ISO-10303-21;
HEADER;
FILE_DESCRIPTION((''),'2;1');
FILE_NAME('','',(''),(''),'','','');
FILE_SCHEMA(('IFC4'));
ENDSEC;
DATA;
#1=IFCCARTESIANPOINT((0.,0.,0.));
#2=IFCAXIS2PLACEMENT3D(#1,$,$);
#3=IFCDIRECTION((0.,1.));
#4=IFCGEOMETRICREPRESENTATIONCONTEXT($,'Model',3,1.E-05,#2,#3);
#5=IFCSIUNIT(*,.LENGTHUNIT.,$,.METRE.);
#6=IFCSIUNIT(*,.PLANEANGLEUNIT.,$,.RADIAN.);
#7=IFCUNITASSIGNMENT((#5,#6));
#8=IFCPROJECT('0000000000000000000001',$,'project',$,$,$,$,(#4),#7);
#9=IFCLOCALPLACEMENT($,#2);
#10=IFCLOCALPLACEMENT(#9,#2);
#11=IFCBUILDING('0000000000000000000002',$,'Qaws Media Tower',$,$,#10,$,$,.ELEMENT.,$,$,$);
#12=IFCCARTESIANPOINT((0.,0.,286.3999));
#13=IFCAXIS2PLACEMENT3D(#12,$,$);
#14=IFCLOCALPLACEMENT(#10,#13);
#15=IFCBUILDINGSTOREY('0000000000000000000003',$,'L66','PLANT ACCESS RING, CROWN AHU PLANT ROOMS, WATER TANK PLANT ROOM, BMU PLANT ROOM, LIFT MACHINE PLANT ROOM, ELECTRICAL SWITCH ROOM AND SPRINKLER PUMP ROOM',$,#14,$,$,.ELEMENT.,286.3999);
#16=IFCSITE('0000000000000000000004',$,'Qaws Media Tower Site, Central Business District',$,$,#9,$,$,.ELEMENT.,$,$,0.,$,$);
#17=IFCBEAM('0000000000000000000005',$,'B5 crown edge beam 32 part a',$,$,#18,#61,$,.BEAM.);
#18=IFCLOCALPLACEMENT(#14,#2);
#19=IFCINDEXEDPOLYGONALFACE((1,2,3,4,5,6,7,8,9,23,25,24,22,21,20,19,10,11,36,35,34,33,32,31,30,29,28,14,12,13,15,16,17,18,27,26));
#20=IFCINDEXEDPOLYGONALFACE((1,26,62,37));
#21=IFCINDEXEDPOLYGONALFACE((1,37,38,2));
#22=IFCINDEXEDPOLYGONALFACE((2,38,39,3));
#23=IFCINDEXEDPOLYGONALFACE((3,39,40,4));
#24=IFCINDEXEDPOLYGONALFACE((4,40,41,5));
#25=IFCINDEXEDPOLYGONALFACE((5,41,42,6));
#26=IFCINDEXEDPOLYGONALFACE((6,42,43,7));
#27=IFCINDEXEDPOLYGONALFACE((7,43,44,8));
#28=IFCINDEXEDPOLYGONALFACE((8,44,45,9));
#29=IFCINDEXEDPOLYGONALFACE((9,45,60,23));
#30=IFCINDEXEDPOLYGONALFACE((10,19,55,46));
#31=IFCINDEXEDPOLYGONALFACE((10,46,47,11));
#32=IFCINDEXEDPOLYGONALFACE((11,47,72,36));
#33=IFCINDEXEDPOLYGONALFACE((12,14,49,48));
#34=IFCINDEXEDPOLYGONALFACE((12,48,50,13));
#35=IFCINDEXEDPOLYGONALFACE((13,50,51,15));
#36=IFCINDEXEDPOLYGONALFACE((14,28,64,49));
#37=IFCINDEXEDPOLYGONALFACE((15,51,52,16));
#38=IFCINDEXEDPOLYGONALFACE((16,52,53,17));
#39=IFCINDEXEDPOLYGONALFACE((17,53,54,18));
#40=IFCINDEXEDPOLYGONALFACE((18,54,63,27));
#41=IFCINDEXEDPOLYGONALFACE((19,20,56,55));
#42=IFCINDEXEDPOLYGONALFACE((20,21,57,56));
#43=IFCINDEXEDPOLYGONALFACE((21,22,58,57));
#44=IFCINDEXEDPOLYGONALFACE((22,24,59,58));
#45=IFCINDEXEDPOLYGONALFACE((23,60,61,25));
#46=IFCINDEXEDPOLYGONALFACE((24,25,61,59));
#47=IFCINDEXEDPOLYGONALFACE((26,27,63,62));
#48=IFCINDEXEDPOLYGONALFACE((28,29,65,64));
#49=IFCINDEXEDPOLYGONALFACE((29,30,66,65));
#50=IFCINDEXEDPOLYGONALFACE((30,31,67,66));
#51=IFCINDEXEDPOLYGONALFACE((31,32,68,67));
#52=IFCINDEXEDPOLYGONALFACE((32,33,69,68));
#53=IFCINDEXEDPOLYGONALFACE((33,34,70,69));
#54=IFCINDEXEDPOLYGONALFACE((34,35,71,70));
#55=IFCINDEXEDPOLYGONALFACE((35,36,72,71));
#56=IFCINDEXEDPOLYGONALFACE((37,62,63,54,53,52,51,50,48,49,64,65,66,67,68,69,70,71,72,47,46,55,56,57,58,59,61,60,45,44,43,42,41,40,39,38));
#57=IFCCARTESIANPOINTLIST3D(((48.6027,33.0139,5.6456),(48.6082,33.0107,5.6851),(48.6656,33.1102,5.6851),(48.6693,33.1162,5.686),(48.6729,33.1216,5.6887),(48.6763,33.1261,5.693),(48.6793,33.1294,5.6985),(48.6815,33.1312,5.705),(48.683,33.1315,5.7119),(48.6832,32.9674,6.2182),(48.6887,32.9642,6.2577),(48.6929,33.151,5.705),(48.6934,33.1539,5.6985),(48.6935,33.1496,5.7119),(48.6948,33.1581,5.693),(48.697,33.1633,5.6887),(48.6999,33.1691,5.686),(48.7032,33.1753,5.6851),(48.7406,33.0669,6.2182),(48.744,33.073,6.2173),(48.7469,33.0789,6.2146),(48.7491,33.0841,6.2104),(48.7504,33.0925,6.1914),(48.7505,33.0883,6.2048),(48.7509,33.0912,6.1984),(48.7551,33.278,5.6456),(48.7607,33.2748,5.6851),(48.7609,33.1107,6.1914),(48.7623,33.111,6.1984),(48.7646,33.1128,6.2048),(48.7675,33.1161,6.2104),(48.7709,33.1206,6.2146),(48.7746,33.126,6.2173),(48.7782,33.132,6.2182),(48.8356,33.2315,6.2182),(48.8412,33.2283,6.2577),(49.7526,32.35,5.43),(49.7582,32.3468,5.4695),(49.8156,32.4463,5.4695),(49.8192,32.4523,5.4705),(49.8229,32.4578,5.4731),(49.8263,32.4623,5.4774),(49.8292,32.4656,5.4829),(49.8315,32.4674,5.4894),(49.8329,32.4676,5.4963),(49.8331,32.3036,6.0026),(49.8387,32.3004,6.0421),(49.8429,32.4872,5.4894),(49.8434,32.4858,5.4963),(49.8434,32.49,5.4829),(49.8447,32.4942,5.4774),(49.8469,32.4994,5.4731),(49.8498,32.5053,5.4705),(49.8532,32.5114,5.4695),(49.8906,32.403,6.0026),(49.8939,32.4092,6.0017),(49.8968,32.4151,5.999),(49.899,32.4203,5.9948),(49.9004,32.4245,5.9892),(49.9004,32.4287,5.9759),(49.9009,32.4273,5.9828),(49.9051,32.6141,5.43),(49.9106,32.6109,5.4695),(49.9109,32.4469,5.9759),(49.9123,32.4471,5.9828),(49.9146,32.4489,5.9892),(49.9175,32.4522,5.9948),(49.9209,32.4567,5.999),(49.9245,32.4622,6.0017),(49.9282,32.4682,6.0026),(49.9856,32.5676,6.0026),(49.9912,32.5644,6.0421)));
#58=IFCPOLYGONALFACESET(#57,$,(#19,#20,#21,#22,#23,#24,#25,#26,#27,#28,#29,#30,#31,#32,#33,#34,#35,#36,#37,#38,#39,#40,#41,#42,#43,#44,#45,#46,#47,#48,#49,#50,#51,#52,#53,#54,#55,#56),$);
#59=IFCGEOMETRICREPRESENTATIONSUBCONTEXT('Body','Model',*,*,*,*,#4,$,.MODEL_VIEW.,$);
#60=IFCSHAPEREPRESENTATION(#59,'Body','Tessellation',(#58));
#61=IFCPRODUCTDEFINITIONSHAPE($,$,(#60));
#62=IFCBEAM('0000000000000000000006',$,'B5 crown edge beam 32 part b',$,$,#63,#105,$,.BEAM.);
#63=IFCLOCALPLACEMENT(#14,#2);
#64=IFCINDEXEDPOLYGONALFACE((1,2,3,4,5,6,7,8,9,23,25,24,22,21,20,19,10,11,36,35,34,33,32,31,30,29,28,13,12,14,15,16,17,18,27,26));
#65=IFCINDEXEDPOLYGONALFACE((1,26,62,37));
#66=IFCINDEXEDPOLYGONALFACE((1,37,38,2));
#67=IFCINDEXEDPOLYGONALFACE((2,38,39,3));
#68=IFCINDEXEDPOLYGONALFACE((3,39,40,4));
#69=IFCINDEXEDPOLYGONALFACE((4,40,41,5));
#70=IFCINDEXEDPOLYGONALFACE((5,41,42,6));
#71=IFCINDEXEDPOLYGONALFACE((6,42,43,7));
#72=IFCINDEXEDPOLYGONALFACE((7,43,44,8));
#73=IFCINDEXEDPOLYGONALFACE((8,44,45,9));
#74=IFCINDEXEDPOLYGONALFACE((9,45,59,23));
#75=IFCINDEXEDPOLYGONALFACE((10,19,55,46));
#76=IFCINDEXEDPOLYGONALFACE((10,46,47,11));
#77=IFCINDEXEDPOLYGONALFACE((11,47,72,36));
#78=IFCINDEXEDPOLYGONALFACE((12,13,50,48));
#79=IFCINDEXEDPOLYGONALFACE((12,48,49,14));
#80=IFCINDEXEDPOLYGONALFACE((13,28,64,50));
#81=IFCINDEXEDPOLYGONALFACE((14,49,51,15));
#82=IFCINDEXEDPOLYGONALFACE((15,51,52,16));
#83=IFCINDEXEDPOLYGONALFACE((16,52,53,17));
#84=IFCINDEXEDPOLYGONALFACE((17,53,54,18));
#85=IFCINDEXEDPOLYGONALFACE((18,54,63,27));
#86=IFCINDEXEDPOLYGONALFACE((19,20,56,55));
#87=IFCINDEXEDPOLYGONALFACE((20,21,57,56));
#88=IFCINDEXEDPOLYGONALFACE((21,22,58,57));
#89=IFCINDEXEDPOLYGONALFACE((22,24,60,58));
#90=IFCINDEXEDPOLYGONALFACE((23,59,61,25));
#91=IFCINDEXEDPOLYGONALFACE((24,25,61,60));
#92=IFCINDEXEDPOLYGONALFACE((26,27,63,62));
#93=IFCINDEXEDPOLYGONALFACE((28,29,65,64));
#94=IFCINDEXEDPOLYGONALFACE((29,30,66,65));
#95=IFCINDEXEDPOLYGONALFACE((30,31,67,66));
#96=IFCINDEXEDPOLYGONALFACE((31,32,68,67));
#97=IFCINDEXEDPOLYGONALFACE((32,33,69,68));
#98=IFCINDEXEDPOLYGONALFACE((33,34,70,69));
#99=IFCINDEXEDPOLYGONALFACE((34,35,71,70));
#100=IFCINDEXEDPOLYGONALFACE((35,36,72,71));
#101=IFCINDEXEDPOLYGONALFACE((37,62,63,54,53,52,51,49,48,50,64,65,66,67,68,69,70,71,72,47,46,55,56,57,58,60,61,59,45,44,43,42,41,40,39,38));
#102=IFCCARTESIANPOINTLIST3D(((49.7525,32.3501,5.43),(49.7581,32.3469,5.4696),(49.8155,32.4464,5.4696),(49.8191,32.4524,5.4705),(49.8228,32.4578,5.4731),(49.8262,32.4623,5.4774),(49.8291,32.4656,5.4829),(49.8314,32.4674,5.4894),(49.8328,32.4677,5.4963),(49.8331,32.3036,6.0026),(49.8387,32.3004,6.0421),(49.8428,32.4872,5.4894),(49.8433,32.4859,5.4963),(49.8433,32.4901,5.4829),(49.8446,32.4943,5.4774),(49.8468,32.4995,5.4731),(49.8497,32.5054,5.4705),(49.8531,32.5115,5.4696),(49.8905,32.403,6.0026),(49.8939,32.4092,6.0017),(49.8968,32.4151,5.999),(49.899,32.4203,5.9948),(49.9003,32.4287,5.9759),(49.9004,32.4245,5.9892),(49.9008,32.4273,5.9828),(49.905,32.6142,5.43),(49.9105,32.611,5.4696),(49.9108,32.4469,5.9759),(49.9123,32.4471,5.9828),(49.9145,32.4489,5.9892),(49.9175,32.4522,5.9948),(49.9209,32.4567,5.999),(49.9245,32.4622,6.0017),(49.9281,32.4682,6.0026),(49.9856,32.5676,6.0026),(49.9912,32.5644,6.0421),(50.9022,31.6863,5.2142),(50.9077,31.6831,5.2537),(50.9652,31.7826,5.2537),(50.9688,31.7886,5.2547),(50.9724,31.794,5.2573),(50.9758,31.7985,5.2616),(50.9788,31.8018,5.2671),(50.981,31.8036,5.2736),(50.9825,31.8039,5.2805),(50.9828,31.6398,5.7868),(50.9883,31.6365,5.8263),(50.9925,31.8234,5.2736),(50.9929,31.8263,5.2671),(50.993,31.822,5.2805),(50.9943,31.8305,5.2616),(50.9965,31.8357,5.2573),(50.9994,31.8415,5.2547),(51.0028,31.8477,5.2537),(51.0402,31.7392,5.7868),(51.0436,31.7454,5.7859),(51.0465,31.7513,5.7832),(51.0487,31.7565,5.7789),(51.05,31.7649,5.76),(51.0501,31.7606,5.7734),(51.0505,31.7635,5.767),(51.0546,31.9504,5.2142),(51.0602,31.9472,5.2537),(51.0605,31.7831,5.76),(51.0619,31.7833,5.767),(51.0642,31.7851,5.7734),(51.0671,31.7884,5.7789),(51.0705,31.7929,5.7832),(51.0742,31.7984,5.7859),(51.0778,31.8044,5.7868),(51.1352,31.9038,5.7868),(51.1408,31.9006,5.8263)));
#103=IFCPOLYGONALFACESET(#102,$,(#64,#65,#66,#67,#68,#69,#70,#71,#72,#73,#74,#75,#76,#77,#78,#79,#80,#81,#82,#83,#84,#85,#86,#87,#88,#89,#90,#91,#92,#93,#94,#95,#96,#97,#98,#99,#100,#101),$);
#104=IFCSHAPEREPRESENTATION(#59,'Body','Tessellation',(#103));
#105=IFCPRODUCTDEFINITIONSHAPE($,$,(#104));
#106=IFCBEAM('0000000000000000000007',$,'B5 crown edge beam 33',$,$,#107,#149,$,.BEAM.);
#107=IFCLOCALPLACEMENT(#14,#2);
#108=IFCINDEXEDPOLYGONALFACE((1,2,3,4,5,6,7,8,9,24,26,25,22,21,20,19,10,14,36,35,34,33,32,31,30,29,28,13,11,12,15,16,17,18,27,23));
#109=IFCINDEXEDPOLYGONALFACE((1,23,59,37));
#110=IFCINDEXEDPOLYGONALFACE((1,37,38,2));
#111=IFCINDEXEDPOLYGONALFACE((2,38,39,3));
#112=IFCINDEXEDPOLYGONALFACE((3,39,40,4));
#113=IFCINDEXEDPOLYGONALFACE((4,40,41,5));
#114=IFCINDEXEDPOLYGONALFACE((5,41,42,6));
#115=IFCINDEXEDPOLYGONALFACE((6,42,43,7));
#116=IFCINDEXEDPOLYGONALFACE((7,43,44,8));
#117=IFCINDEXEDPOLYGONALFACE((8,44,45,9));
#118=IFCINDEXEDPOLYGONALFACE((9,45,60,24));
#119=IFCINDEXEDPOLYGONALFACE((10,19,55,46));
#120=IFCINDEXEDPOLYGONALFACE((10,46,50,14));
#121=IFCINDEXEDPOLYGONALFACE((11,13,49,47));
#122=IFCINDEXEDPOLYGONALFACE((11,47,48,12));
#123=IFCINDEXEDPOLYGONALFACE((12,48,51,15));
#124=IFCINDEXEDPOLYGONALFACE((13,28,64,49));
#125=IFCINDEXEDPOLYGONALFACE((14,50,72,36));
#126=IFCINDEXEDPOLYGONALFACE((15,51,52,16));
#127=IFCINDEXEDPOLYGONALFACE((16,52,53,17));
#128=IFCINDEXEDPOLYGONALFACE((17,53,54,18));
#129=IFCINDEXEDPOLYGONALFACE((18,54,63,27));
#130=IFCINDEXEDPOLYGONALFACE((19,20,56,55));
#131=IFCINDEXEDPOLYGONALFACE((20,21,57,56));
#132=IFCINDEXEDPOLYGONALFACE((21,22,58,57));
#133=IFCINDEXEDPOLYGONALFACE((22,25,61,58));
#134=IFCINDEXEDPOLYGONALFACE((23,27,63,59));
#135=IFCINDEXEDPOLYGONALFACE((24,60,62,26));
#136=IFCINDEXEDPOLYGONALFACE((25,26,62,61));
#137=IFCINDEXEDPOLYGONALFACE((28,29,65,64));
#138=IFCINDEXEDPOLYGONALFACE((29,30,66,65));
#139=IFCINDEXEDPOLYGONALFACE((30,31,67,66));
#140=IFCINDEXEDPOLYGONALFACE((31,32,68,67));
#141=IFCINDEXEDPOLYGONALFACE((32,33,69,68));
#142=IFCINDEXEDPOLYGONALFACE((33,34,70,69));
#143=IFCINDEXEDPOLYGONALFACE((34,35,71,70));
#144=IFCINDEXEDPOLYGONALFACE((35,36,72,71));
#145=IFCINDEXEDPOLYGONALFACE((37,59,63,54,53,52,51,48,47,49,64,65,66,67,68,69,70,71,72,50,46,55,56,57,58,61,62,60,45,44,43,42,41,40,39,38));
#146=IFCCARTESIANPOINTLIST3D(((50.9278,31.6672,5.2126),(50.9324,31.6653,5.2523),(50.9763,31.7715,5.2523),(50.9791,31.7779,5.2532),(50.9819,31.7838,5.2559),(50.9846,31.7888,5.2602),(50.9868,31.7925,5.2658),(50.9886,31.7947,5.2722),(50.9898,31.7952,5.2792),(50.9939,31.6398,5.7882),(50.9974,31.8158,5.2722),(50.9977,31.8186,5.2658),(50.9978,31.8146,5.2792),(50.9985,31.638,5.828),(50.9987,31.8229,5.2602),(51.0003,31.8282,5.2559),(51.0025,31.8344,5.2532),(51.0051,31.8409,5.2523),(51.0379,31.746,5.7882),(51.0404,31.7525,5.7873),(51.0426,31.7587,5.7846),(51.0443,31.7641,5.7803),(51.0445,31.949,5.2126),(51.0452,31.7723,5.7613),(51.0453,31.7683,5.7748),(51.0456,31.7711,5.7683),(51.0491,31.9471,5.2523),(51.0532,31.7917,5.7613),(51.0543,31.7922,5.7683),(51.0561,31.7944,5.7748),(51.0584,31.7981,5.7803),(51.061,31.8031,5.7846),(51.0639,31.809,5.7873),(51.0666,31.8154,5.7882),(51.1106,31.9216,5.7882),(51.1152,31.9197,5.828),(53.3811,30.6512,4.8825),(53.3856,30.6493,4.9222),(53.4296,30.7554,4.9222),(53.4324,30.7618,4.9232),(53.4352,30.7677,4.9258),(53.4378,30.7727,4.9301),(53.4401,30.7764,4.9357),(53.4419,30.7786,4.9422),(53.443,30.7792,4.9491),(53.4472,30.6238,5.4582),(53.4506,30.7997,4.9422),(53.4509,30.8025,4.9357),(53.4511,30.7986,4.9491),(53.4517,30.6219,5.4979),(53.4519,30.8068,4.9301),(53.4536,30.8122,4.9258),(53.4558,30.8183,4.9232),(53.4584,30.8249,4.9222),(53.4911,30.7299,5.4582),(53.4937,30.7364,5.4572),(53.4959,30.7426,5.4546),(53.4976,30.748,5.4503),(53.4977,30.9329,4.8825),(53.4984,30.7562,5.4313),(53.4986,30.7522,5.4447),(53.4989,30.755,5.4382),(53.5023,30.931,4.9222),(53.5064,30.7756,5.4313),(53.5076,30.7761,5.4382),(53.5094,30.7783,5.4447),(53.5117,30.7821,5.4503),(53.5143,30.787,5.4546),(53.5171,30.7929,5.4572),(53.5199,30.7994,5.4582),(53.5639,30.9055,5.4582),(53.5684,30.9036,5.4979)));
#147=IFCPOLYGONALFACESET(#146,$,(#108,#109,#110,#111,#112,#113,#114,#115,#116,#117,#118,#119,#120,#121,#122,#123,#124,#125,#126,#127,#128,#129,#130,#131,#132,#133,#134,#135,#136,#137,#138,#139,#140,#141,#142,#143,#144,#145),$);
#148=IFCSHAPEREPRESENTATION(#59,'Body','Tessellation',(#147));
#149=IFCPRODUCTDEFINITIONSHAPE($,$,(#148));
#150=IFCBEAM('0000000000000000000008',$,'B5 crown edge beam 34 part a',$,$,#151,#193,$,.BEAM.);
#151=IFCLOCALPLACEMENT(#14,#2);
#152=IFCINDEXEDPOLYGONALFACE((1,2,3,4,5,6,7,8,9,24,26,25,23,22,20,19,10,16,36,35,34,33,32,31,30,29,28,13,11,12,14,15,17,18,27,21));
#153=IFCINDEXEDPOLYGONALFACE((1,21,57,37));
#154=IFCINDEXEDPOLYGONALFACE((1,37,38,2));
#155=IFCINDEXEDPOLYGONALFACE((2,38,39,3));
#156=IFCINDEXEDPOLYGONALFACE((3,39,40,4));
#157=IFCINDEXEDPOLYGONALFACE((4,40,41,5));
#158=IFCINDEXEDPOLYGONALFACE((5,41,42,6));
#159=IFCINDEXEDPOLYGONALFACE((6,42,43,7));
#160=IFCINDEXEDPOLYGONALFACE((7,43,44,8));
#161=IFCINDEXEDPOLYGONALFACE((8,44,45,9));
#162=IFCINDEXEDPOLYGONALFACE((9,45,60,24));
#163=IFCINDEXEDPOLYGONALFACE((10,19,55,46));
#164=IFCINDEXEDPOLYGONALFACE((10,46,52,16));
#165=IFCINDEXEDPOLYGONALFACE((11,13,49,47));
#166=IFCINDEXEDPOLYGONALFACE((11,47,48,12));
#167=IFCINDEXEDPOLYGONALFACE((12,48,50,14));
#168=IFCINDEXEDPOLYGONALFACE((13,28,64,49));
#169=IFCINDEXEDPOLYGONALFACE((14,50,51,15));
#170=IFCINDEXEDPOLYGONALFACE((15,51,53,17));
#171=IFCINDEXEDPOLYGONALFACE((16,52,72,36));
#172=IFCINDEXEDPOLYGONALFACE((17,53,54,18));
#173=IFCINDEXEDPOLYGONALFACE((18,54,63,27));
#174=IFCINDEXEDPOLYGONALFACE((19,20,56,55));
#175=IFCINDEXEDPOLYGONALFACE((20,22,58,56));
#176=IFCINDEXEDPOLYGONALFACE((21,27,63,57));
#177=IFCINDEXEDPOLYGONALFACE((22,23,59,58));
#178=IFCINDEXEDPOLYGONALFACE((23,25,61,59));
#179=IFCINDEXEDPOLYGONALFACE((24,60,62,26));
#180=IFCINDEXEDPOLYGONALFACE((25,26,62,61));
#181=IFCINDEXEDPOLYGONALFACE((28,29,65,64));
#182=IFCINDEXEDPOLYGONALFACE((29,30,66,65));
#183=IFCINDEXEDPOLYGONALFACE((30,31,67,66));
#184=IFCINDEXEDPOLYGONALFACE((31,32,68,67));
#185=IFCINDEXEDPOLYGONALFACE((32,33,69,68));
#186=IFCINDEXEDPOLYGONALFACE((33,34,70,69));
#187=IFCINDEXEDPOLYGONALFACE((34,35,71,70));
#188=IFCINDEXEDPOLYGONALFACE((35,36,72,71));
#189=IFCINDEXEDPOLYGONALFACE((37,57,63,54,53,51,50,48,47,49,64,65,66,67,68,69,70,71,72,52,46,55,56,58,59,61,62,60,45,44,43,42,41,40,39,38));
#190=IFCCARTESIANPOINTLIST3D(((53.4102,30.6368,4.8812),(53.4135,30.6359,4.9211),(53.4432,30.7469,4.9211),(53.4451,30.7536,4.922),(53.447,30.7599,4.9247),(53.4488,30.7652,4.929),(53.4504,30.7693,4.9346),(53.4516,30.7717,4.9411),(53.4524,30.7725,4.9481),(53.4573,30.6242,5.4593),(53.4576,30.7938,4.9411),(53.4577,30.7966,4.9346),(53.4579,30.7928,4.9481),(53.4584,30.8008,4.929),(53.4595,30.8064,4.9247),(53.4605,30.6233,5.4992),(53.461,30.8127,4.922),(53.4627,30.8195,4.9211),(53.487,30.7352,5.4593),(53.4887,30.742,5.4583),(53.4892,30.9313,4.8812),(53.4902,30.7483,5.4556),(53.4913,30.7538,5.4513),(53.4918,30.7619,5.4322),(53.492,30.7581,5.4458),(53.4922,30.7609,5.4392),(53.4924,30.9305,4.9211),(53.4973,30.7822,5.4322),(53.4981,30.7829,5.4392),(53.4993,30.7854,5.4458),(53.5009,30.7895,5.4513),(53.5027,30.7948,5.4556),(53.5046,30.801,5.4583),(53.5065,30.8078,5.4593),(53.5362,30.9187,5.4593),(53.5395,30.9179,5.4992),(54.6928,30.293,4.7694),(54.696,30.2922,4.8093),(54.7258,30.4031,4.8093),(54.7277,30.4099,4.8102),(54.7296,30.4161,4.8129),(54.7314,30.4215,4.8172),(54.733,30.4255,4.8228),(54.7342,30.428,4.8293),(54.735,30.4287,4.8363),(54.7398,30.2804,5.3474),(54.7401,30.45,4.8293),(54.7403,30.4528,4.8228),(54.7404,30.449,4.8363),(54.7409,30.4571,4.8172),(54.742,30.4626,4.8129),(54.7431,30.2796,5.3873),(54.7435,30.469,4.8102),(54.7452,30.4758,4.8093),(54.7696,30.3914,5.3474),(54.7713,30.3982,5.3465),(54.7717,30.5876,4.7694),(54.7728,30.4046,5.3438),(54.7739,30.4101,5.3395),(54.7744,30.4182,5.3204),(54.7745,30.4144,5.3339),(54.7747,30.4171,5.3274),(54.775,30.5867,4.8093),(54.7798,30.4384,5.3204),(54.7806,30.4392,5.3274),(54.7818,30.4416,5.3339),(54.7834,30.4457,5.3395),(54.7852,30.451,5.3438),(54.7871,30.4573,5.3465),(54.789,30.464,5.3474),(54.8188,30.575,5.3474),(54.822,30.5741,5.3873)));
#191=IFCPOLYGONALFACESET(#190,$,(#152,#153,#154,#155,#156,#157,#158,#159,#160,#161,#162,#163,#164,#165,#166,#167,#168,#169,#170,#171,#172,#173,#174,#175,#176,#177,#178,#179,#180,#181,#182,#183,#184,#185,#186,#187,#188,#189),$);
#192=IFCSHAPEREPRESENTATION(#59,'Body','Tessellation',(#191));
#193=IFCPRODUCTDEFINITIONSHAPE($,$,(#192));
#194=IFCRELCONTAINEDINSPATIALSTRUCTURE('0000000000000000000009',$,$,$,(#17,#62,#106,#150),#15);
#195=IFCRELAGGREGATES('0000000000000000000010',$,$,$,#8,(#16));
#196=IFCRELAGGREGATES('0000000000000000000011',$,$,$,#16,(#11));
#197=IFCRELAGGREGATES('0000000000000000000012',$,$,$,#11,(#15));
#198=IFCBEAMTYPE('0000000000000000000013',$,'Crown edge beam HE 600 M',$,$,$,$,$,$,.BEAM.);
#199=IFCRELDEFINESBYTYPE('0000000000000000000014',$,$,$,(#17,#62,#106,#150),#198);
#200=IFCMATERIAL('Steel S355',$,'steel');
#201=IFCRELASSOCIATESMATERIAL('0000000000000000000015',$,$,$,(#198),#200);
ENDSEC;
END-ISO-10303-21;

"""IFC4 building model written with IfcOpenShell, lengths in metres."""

from ifc_helpers import new_model, si_unit, direction, frame, origin, origin_2d, place, context, subcontext, project, spatial, i_section, extrude, material, material_profile, profile_set, type_object, element, save


model = new_model("IFC4")

# Units and contexts
model_context = context("Model", 3, precision=1e-05, world=origin(), true_north=direction((0.0, 1.0)))
body_context = subcontext(model_context, "Body", "Model", "MODEL_VIEW")
ifc_project = project(units=[si_unit("LENGTHUNIT", "METRE"), si_unit("PLANEANGLEUNIT", "RADIAN")], contexts=[model_context])

# Site, building, storey
site_placement = place(None, origin())
site = spatial("IfcSite", under=ifc_project, at=site_placement, Name="Qaws Media Tower Site, Central Business District", CompositionType="ELEMENT", RefElevation=0.0)
building_placement = place(site_placement, origin())
building = spatial("IfcBuilding", under=site, at=building_placement, Name="Qaws Media Tower", CompositionType="ELEMENT")
storey_placement = place(building_placement, frame((0.0, 0.0, 286.3999)))
storey = spatial("IfcBuildingStorey", under=building, at=storey_placement, Name="L66", Description="PLANT ACCESS RING, CROWN AHU PLANT ROOMS, WATER TANK PLANT ROOM, BMU PLANT ROOM, LIFT MACHINE PLANT ROOM, ELECTRICAL SWITCH ROOM AND SPRINKLER PUMP ROOM", CompositionType="ELEMENT", Elevation=286.3999)

# Beams
ifc_material_1 = material(Name="Steel S355", Category="steel")
ifc_material_profile_1 = material_profile(ifc_material_1, i_section(OverallWidth=0.3049, OverallDepth=0.6201, WebThickness=0.021, FlangeThickness=0.04, FilletRadius=0.0271, at=origin_2d()), Name="HE 600 M")
ifc_profile_set_1 = profile_set([ifc_material_profile_1], Name="Steel S355")
beam_type_1 = type_object("IfcBeamType", Name="Crown edge beam HE 600 M", PredefinedType="BEAM", material=ifc_profile_set_1)
beam_1_placement = place(storey_placement, frame((48.7219, 33.1211, 5.9517), z_axis=(0.854857, -0.493494, -0.160263), x_axis=(0.499956, 0.866051, 0.0)))
element("IfcBeam", 1, at=beam_1_placement, inside=storey, type_object=beam_type_1, Name="B5 crown edge beam 32 part a", PredefinedType="BEAM", context=body_context, shape_type="SweptSolid", body=[
    extrude(i_section(OverallWidth=0.3049, OverallDepth=0.6201, WebThickness=0.021, FlangeThickness=0.04, FilletRadius=0.0271, at=origin_2d()), origin(), (0.0, 0.0, 1.0), 1.3452),
])
beam_2_placement = place(storey_placement, frame((49.8718, 32.4573, 5.7361), z_axis=(0.854783, -0.493556, -0.160465), x_axis=(0.500036, 0.866005, 0.0)))
element("IfcBeam", 2, at=beam_2_placement, inside=storey, type_object=beam_type_1, Name="B5 crown edge beam 32 part b", PredefinedType="BEAM", context=body_context, shape_type="SweptSolid", body=[
    extrude(i_section(OverallWidth=0.3049, OverallDepth=0.6201, WebThickness=0.021, FlangeThickness=0.04, FilletRadius=0.0271, at=origin_2d()), origin(), (0.0, 0.0, 1.0), 1.345),
])
beam_3_placement = place(storey_placement, frame((51.0215, 31.7935, 5.5203), z_axis=(0.916838, -0.379727, -0.123352), x_axis=(0.38265, 0.923894, 0.0)))
element("IfcBeam", 3, at=beam_3_placement, inside=storey, type_object=beam_type_1, Name="B5 crown edge beam 33", PredefinedType="BEAM", context=body_context, shape_type="SweptSolid", body=[
    extrude(i_section(OverallWidth=0.3049, OverallDepth=0.6201, WebThickness=0.021, FlangeThickness=0.04, FilletRadius=0.0271, at=origin_2d()), origin(), (0.0, 0.0, 1.0), 2.6758),
])
beam_4_placement = place(storey_placement, frame((53.4749, 30.7773, 5.1902), z_axis=(0.962497, -0.257985, -0.083918), x_axis=(0.258898, 0.965905, 0.0)))
element("IfcBeam", 4, at=beam_4_placement, inside=storey, type_object=beam_type_1, Name="B5 crown edge beam 34 part a", PredefinedType="BEAM", context=body_context, shape_type="SweptSolid", body=[
    extrude(i_section(OverallWidth=0.3049, OverallDepth=0.6201, WebThickness=0.021, FlangeThickness=0.04, FilletRadius=0.0271, at=origin_2d()), origin(), (0.0, 0.0, 1.0), 1.3325),
])

save(model, "model.ifc")
